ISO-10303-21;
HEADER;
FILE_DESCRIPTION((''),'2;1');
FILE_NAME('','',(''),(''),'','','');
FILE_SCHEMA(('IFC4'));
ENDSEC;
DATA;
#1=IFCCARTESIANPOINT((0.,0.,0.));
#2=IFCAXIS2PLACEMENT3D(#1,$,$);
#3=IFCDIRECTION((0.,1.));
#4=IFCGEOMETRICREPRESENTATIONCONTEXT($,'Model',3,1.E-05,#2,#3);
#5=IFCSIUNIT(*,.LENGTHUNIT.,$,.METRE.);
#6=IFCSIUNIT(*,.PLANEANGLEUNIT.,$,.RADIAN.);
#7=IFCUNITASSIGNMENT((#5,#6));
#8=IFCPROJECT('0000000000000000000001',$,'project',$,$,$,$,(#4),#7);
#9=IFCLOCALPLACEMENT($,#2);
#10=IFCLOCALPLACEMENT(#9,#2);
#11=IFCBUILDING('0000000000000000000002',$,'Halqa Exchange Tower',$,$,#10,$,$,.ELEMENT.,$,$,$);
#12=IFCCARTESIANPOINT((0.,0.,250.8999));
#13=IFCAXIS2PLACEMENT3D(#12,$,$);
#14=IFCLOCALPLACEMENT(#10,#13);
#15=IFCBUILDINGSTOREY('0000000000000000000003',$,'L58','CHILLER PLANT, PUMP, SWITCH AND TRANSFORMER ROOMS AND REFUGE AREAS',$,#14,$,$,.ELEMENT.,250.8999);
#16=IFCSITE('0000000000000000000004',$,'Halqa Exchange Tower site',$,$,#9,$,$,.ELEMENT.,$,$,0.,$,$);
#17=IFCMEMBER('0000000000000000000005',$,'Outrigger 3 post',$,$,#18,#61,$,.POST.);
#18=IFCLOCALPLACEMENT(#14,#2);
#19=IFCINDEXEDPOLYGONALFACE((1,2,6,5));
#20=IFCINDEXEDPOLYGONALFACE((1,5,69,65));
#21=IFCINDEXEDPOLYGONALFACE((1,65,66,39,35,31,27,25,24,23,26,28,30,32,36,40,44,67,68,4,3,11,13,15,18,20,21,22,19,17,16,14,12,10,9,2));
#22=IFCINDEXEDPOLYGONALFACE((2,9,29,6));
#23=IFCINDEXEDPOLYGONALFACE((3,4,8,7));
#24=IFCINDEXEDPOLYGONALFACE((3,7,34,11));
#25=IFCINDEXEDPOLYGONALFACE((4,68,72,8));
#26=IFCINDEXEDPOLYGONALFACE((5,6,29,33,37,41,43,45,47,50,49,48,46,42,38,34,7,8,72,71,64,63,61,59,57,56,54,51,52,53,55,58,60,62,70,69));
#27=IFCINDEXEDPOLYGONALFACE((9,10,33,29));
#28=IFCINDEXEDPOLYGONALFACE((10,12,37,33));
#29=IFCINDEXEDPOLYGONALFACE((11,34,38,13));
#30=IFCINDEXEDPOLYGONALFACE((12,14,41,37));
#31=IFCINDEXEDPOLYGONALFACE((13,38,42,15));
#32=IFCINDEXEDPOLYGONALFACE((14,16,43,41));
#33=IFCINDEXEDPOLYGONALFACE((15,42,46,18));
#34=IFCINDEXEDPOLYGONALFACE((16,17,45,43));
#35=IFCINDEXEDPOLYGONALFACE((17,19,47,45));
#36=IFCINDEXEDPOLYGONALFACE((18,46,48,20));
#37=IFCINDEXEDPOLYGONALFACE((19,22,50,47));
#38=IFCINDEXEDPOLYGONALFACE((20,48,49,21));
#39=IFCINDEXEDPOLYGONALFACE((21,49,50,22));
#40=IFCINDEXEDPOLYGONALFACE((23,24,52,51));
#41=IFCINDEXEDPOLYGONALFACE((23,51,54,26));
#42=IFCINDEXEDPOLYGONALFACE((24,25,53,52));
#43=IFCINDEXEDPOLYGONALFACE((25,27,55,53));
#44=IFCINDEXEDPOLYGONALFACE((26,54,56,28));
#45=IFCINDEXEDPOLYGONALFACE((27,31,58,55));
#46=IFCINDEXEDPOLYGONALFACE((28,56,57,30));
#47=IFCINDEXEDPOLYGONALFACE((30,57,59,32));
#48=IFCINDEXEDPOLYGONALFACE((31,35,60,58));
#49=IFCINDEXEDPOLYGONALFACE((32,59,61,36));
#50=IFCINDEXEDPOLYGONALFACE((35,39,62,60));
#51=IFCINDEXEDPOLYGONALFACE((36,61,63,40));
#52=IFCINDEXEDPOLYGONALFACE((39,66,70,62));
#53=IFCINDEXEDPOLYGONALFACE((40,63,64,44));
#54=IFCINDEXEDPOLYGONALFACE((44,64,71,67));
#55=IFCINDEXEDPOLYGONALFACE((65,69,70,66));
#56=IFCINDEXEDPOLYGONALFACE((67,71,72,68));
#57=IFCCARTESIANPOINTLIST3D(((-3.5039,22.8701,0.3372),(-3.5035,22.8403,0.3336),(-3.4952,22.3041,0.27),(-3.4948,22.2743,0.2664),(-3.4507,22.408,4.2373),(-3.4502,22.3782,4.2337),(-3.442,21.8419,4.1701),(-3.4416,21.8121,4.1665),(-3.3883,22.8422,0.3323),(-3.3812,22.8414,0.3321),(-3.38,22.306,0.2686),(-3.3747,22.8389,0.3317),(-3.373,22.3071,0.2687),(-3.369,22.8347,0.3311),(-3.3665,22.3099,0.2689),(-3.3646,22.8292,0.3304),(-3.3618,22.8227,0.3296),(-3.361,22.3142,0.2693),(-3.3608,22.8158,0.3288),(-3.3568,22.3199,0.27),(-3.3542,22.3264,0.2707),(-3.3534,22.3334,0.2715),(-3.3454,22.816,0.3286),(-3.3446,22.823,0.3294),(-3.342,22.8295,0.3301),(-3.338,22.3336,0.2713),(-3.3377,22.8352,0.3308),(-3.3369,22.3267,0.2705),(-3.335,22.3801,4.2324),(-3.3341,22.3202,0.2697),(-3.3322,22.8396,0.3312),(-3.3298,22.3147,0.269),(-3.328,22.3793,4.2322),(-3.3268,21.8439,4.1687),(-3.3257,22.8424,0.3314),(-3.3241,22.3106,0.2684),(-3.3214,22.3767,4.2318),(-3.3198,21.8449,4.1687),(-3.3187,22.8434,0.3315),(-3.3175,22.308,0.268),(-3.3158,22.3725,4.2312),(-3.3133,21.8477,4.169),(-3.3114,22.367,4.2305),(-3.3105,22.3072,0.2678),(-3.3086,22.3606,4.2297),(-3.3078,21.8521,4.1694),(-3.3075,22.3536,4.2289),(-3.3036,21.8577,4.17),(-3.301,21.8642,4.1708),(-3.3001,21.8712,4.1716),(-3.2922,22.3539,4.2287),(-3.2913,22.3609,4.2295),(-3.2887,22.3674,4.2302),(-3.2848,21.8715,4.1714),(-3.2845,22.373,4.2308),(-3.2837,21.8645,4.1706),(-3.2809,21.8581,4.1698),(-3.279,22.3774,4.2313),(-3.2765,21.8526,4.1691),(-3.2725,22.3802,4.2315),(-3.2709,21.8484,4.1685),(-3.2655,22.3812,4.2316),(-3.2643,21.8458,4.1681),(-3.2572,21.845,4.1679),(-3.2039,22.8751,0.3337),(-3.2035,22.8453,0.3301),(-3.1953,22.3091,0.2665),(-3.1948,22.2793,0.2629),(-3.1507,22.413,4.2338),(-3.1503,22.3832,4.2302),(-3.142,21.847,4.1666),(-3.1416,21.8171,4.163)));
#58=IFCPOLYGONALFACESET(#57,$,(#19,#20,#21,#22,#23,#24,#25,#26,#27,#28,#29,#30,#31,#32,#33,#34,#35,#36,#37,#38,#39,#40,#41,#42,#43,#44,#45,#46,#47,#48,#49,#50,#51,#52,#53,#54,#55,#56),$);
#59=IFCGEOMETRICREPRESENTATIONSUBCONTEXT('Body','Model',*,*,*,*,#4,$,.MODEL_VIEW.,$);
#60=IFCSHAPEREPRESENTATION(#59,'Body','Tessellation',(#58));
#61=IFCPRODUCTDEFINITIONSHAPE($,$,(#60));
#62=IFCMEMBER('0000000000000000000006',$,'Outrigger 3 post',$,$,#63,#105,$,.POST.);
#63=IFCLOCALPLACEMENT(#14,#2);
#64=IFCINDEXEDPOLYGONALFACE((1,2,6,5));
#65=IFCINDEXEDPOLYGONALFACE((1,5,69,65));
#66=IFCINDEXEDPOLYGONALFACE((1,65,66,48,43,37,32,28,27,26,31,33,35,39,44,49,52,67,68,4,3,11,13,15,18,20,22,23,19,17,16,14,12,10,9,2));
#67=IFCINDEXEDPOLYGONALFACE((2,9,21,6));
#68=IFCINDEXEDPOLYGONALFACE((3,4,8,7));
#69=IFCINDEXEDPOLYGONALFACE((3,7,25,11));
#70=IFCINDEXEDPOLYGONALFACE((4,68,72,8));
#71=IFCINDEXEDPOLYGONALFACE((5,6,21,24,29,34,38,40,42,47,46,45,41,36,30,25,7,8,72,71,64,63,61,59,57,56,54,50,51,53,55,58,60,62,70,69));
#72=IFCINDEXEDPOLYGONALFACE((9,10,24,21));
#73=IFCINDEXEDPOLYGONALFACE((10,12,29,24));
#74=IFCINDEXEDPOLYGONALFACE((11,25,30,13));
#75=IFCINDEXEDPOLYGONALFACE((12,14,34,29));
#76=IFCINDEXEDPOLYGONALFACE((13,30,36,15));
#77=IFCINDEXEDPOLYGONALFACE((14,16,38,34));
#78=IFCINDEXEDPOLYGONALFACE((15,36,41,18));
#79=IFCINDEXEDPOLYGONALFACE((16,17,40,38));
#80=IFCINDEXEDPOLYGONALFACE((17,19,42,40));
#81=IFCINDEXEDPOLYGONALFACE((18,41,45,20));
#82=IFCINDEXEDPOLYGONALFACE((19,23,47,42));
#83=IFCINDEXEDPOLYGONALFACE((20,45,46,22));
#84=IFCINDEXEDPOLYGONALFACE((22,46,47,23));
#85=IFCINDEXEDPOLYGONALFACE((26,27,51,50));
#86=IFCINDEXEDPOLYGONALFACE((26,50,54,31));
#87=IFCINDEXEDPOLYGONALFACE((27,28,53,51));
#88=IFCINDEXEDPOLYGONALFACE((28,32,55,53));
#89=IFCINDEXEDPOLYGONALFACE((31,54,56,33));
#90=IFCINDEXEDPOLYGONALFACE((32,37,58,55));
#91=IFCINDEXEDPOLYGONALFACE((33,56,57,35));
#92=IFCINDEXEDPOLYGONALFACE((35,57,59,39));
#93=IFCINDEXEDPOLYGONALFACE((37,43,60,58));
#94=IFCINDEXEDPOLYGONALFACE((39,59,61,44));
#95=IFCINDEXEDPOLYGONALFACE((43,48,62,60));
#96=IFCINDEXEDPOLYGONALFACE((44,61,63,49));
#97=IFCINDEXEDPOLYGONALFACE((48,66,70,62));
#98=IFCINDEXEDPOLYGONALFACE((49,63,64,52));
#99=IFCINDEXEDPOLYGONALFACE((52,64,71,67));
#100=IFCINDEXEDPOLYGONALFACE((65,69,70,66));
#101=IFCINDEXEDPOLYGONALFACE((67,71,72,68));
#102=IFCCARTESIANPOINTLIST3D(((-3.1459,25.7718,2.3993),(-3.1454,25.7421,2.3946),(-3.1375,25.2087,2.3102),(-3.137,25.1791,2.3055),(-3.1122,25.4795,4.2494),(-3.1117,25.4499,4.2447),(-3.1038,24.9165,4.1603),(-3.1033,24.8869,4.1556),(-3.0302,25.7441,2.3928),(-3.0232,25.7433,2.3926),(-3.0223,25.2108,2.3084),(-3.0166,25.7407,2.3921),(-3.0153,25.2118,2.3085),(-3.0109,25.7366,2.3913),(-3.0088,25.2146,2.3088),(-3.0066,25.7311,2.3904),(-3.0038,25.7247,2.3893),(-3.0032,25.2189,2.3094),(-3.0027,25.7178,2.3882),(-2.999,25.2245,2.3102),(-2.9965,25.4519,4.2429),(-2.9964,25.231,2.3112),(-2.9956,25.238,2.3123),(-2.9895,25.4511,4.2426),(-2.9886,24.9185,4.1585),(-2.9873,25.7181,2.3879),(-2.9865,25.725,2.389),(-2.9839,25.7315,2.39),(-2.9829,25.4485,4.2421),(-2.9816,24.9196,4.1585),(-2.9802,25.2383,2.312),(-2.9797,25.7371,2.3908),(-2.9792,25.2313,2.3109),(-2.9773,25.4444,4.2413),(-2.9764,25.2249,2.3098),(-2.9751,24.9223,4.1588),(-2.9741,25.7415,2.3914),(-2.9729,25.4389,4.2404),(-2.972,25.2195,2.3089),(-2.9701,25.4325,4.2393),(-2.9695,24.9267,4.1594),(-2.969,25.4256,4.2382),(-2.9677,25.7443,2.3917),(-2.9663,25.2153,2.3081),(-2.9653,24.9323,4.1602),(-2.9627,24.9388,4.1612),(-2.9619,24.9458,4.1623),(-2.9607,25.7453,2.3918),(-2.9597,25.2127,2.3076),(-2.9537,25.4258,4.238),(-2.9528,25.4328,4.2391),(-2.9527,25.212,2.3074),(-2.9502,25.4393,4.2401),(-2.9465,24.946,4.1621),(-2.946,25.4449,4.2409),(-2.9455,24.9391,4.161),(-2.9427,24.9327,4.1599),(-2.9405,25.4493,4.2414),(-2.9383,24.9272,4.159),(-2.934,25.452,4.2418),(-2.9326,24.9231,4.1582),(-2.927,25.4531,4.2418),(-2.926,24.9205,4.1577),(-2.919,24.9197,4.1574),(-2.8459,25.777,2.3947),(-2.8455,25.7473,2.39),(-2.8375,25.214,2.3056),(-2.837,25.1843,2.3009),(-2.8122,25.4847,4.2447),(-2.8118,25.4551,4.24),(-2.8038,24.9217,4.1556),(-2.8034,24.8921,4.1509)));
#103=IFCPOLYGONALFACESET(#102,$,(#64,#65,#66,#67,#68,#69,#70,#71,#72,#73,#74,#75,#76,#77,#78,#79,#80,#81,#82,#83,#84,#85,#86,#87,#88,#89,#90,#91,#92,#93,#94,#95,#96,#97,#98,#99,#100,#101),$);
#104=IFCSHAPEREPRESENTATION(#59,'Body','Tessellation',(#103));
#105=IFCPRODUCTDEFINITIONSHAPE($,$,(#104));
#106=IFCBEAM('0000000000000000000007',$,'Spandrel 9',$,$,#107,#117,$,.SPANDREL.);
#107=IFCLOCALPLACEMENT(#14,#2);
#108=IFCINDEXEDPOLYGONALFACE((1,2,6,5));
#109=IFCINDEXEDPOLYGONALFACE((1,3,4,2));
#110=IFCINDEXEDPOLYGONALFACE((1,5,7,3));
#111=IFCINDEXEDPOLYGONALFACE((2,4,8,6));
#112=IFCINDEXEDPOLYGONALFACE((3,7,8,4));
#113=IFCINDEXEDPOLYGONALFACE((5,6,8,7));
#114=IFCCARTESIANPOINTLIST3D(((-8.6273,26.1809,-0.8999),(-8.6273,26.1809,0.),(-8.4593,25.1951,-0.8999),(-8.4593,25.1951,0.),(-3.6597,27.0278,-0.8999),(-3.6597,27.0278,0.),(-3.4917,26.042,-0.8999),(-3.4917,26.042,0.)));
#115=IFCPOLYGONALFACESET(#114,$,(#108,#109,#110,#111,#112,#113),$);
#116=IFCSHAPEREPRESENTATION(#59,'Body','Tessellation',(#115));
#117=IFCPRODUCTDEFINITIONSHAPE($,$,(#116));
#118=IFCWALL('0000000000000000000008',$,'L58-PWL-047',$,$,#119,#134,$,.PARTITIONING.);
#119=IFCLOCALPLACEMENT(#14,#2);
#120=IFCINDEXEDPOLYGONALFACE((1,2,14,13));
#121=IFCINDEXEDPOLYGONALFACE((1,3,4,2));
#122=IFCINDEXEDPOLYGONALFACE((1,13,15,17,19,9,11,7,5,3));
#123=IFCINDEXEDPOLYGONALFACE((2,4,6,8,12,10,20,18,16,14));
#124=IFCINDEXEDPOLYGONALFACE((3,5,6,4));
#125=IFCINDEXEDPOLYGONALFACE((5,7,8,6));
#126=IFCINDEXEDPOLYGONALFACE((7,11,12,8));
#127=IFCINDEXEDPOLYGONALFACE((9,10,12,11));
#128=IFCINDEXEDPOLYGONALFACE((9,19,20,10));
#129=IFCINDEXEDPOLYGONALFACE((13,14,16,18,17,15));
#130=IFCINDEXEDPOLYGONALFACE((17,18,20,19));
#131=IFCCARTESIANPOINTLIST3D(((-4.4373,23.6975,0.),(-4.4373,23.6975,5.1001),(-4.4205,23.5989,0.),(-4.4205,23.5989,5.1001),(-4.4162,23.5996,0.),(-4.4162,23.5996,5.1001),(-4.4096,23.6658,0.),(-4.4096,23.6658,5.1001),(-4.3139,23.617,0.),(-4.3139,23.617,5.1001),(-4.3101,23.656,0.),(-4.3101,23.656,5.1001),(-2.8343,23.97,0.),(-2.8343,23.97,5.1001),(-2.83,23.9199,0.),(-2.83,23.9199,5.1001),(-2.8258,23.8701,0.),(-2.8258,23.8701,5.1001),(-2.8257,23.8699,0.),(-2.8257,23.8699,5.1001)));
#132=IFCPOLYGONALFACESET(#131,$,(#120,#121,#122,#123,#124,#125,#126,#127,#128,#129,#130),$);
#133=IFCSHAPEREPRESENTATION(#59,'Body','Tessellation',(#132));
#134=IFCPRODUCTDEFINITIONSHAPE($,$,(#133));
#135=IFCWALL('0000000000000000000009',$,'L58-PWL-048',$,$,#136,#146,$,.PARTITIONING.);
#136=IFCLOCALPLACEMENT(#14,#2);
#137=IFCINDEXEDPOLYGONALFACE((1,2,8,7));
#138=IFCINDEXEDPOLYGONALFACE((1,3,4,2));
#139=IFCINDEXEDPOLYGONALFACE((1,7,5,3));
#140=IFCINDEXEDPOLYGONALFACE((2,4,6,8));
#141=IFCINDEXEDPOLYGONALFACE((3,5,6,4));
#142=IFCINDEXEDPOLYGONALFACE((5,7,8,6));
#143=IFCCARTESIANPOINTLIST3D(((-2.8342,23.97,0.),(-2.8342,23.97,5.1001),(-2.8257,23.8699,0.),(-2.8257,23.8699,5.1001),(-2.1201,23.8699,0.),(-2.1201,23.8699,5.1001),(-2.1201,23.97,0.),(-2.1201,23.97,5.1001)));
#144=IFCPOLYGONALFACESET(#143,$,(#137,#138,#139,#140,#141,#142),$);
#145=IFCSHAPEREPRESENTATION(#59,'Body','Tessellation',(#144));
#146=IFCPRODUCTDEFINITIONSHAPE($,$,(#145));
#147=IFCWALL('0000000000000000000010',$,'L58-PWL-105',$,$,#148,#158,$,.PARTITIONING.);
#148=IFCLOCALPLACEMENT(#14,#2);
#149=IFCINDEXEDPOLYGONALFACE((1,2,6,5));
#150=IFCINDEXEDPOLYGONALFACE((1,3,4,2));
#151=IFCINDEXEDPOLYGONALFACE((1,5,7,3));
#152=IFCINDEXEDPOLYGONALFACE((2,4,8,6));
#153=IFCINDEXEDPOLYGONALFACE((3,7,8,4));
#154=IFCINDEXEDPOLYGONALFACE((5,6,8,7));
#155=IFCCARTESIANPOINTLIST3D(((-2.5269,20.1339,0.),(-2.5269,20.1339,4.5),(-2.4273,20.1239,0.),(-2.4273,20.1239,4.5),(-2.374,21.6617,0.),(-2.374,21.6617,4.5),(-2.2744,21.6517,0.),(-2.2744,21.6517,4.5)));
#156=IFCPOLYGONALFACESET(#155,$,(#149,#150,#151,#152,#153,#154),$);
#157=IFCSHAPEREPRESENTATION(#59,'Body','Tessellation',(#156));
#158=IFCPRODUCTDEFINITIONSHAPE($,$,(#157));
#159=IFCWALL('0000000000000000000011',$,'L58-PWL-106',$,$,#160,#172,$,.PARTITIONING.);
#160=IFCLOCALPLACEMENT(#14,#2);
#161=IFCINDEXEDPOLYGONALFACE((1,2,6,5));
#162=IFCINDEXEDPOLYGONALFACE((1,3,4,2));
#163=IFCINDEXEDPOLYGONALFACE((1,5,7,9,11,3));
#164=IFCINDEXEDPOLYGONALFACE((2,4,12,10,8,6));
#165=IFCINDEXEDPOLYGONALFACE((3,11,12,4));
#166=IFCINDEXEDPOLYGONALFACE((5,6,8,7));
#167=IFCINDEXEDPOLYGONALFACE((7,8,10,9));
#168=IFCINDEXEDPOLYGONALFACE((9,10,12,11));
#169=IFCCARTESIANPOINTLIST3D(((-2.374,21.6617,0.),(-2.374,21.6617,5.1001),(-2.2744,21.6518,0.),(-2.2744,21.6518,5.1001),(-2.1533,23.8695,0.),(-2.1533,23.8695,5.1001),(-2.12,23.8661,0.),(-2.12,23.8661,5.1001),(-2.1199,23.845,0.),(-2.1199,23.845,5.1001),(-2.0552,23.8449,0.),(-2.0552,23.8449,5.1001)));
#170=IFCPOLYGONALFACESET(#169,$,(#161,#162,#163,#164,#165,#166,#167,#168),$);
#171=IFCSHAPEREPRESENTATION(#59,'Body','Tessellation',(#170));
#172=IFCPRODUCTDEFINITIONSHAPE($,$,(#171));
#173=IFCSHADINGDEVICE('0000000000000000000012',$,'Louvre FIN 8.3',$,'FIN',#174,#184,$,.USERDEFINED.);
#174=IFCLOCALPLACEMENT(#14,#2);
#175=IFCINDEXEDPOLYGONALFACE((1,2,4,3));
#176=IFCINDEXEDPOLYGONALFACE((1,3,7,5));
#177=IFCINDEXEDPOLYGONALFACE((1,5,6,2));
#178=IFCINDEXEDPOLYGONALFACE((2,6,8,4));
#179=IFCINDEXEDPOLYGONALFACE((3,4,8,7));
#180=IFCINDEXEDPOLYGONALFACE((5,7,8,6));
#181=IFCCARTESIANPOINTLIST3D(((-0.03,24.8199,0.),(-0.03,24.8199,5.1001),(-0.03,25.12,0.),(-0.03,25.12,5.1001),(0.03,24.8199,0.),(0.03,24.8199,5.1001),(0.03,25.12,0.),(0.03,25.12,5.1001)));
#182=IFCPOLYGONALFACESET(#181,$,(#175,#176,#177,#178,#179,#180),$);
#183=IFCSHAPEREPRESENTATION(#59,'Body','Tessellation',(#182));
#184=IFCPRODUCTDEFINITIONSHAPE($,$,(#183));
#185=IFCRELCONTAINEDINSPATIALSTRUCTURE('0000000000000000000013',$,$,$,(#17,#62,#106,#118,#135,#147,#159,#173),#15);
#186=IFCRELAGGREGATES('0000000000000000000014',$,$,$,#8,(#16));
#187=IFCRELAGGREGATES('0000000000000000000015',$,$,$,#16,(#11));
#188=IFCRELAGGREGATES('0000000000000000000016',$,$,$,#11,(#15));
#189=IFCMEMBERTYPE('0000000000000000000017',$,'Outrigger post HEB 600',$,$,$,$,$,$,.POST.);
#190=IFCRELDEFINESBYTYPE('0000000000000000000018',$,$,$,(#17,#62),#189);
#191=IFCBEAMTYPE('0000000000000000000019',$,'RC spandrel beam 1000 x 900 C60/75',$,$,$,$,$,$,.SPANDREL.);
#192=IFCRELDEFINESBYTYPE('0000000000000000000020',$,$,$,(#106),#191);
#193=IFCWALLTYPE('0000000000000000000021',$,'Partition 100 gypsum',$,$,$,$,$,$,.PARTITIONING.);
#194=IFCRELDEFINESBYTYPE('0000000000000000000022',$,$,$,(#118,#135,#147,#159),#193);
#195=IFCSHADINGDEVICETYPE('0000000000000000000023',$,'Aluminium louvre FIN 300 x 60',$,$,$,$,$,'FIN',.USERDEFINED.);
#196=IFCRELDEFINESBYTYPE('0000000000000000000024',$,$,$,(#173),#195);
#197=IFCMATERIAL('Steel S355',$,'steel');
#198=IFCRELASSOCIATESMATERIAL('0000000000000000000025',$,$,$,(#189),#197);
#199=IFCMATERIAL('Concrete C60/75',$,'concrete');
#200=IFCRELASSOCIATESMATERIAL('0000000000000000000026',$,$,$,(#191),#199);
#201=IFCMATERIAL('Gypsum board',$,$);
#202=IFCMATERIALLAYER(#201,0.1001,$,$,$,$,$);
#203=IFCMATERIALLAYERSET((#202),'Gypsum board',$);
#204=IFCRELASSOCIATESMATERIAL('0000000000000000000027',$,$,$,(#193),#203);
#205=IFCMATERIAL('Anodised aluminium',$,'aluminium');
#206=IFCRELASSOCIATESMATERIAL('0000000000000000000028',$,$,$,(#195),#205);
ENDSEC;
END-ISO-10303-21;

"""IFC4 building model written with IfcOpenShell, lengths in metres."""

from ifc_helpers import new_model, si_unit, direction, frame, origin, origin_2d, place, context, subcontext, project, spatial, polyline, rectangle, i_section, outline, extrude, material, layer, layer_set, material_profile, profile_set, type_object, element, save


model = new_model("IFC4")

# Units and contexts
model_context = context("Model", 3, precision=1e-05, world=origin(), true_north=direction((0.0, 1.0)))
body_context = subcontext(model_context, "Body", "Model", "MODEL_VIEW")
ifc_project = project(units=[si_unit("LENGTHUNIT", "METRE"), si_unit("PLANEANGLEUNIT", "RADIAN")], contexts=[model_context])

# Site, building, storey
site_placement = place(None, origin())
site = spatial("IfcSite", under=ifc_project, at=site_placement, Name="Halqa Exchange Tower site", CompositionType="ELEMENT", RefElevation=0.0)
building_placement = place(site_placement, origin())
building = spatial("IfcBuilding", under=site, at=building_placement, Name="Halqa Exchange Tower", CompositionType="ELEMENT")
storey_placement = place(building_placement, frame((0.0, 0.0, 250.8999)))
storey = spatial("IfcBuildingStorey", under=building, at=storey_placement, Name="L58", Description="CHILLER PLANT, PUMP, SWITCH AND TRANSFORMER ROOMS AND REFUGE AREAS", CompositionType="ELEMENT", Elevation=250.8999)

# Shared definitions
ifc_material_1 = material(Name="Concrete C60/75", Category="concrete")

# Members
ifc_material_2 = material(Name="Steel S355", Category="steel")
ifc_material_profile_1 = material_profile(ifc_material_2, i_section(OverallWidth=0.3, OverallDepth=0.6001, WebThickness=0.0154, FlangeThickness=0.03, FilletRadius=0.0271, at=origin_2d()), Name="HEB 600")
ifc_profile_set_1 = profile_set([ifc_material_profile_1], Name="Steel S355")
member_type_1 = type_object("IfcMemberType", Name="Outrigger post HEB 600", PredefinedType="POST", material=ifc_profile_set_1)
member_1_placement = place(storey_placement, frame((-3.3494, 22.5747, 0.3), z_axis=(0.01355, -0.117664, 0.992961), x_axis=(-0.999792, -0.016715, 0.011663)))
element("IfcMember", 1, at=member_1_placement, inside=storey, type_object=member_type_1, Name="Outrigger 3 post", PredefinedType="POST", context=body_context, shape_type="SweptSolid", body=[
    extrude(i_section(OverallWidth=0.3, OverallDepth=0.6001, WebThickness=0.0154, FlangeThickness=0.03, FilletRadius=0.0271, at=origin_2d()), origin(), (0.0, 0.0, 1.0), 3.9277),
])
member_2_placement = place(storey_placement, frame((-2.9915, 25.478, 2.3501), z_axis=(0.017985, -0.155998, 0.987594), x_axis=(-0.99973, -0.017366, 0.015463)))
element("IfcMember", 2, at=member_2_placement, inside=storey, type_object=member_type_1, Name="Outrigger 3 post", PredefinedType="POST", context=body_context, shape_type="SweptSolid", body=[
    extrude(i_section(OverallWidth=0.3, OverallDepth=0.6001, WebThickness=0.0154, FlangeThickness=0.03, FilletRadius=0.0271, at=origin_2d()), origin(), (0.0, 0.0, 1.0), 1.8733),
])

# Beam
ifc_material_profile_2 = material_profile(ifc_material_1, rectangle(XDim=1.0, YDim=0.8999, at=origin_2d()), Name="1000 x 900")
ifc_profile_set_2 = profile_set([ifc_material_profile_2], Name="Concrete C60/75")
beam_type = type_object("IfcBeamType", Name="RC spandrel beam 1000 x 900 C60/75", PredefinedType="SPANDREL", material=ifc_profile_set_2)
beam_placement = place(storey_placement, frame((-3.5757, 26.5349, -0.45), z_axis=(-0.985776, -0.168067, 0.0), x_axis=(0.168067, -0.985776, 0.0)))
element("IfcBeam", 3, at=beam_placement, inside=storey, type_object=beam_type, Name="Spandrel 9", PredefinedType="SPANDREL", context=body_context, shape_type="SweptSolid", body=[
    extrude(rectangle(XDim=1.0, YDim=0.8999, at=origin_2d()), origin(), (0.0, 0.0, 1.0), 5.0393),
])

# Walls
ifc_material_3 = material(Name="Gypsum board")
ifc_layer_1 = layer(ifc_material_3, 0.1001)
ifc_layer_set_1 = layer_set([ifc_layer_1], Name="Gypsum board")
wall_type = type_object("IfcWallType", Name="Partition 100 gypsum", PredefinedType="PARTITIONING", material=ifc_layer_set_1)
wall_1_placement = place(storey_placement, frame((-2.8257, 23.9207, 0.0), z_axis=(0.0, 0.0, 1.0), x_axis=(-0.985866, -0.167539, 0.0)))
element("IfcWall", 4, at=wall_1_placement, inside=storey, type_object=wall_type, Name="L58-PWL-047", PredefinedType="PARTITIONING", context=body_context, shape_type="SweptSolid", body=[
    extrude(outline(polyline([(1.6262, 0.05), (1.6218, 0.05), (1.6042, -0.0142), (1.5078, 0.0122), (1.5181, 0.05), (0.0085, 0.05), (0.0085, 0.0498), (0.0085, 0.0498), (0.0044, 0.0), (0.0002, -0.05), (1.6262, -0.05), (1.6262, 0.05)])), origin(), (0.0, 0.0, 1.0), 5.1001),
])
wall_2_placement = place(storey_placement, frame((-2.1201, 23.9199, 0.0), z_axis=(0.0, 0.0, 1.0), x_axis=(-1.0, 0.0, 0.0)))
element("IfcWall", 5, at=wall_2_placement, inside=storey, type_object=wall_type, Name="L58-PWL-048", PredefinedType="PARTITIONING", context=body_context, shape_type="SweptSolid", body=[
    extrude(outline(polyline([(0.0, -0.05), (0.7141, -0.05), (0.7056, 0.05), (0.0, 0.05), (0.0, -0.05)])), origin(), (0.0, 0.0, 1.0), 5.1001),
])
wall_3_placement = place(storey_placement, frame((-2.4771, 20.1289, 0.0), z_axis=(0.0, 0.0, 1.0), x_axis=(0.099535, 0.995034, 0.0)))
element("IfcWall", 6, at=wall_3_placement, inside=storey, type_object=wall_type, Name="L58-PWL-105", PredefinedType="PARTITIONING", context=body_context, shape_type="SweptSolid", body=[
    extrude(outline(polyline([(0.0, 0.05), (0.0, -0.05), (1.5354, -0.05), (1.5354, 0.05), (0.0, 0.05)])), origin(), (0.0, 0.0, 1.0), 4.5),
])
wall_4_placement = place(storey_placement, frame((-2.3242, 21.6567, 0.0), z_axis=(0.0, 0.0, 1.0), x_axis=(0.099471, 0.99504, 0.0)))
element("IfcWall", 7, at=wall_4_placement, inside=storey, type_object=wall_type, Name="L58-PWL-106", PredefinedType="PARTITIONING", context=body_context, shape_type="SweptSolid", body=[
    extrude(outline(polyline([(0.0, -0.05), (2.2041, -0.05), (2.1978, 0.0144), (2.2188, 0.0166), (2.2188, 0.05), (0.0, 0.05), (0.0, -0.05)])), origin(), (0.0, 0.0, 1.0), 5.1001),
])

# Shading device
ifc_material_4 = material(Name="Anodised aluminium", Category="aluminium")
ifc_material_profile_3 = material_profile(ifc_material_4, rectangle(XDim=0.3, YDim=0.0601, at=origin_2d()), Name="AL FIN 300x60")
ifc_profile_set_3 = profile_set([ifc_material_profile_3], Name="Anodised aluminium")
shading_device_type = type_object("IfcShadingDeviceType", Name="Aluminium louvre FIN 300 x 60", ElementType="FIN", PredefinedType="USERDEFINED", material=ifc_profile_set_3)
for number, where, z_axis, x_axis, name in (
    (8, (0.0, 24.97, 0.0), (0.0, 0.0, 1.0), (0.0, -1.0, 0.0), "Louvre FIN 8.3"),
):
    element("IfcShadingDevice", number, at=place(storey_placement, frame(where, z_axis=z_axis, x_axis=x_axis)), inside=storey, type_object=shading_device_type, Name=name, ObjectType="FIN", PredefinedType="USERDEFINED", context=body_context, shape_type="SweptSolid", body=[
        extrude(rectangle(XDim=0.3, YDim=0.0601, at=origin_2d()), origin(), (0.0, 0.0, 1.0), 5.1001),
    ])

save(model, "model.ifc")
